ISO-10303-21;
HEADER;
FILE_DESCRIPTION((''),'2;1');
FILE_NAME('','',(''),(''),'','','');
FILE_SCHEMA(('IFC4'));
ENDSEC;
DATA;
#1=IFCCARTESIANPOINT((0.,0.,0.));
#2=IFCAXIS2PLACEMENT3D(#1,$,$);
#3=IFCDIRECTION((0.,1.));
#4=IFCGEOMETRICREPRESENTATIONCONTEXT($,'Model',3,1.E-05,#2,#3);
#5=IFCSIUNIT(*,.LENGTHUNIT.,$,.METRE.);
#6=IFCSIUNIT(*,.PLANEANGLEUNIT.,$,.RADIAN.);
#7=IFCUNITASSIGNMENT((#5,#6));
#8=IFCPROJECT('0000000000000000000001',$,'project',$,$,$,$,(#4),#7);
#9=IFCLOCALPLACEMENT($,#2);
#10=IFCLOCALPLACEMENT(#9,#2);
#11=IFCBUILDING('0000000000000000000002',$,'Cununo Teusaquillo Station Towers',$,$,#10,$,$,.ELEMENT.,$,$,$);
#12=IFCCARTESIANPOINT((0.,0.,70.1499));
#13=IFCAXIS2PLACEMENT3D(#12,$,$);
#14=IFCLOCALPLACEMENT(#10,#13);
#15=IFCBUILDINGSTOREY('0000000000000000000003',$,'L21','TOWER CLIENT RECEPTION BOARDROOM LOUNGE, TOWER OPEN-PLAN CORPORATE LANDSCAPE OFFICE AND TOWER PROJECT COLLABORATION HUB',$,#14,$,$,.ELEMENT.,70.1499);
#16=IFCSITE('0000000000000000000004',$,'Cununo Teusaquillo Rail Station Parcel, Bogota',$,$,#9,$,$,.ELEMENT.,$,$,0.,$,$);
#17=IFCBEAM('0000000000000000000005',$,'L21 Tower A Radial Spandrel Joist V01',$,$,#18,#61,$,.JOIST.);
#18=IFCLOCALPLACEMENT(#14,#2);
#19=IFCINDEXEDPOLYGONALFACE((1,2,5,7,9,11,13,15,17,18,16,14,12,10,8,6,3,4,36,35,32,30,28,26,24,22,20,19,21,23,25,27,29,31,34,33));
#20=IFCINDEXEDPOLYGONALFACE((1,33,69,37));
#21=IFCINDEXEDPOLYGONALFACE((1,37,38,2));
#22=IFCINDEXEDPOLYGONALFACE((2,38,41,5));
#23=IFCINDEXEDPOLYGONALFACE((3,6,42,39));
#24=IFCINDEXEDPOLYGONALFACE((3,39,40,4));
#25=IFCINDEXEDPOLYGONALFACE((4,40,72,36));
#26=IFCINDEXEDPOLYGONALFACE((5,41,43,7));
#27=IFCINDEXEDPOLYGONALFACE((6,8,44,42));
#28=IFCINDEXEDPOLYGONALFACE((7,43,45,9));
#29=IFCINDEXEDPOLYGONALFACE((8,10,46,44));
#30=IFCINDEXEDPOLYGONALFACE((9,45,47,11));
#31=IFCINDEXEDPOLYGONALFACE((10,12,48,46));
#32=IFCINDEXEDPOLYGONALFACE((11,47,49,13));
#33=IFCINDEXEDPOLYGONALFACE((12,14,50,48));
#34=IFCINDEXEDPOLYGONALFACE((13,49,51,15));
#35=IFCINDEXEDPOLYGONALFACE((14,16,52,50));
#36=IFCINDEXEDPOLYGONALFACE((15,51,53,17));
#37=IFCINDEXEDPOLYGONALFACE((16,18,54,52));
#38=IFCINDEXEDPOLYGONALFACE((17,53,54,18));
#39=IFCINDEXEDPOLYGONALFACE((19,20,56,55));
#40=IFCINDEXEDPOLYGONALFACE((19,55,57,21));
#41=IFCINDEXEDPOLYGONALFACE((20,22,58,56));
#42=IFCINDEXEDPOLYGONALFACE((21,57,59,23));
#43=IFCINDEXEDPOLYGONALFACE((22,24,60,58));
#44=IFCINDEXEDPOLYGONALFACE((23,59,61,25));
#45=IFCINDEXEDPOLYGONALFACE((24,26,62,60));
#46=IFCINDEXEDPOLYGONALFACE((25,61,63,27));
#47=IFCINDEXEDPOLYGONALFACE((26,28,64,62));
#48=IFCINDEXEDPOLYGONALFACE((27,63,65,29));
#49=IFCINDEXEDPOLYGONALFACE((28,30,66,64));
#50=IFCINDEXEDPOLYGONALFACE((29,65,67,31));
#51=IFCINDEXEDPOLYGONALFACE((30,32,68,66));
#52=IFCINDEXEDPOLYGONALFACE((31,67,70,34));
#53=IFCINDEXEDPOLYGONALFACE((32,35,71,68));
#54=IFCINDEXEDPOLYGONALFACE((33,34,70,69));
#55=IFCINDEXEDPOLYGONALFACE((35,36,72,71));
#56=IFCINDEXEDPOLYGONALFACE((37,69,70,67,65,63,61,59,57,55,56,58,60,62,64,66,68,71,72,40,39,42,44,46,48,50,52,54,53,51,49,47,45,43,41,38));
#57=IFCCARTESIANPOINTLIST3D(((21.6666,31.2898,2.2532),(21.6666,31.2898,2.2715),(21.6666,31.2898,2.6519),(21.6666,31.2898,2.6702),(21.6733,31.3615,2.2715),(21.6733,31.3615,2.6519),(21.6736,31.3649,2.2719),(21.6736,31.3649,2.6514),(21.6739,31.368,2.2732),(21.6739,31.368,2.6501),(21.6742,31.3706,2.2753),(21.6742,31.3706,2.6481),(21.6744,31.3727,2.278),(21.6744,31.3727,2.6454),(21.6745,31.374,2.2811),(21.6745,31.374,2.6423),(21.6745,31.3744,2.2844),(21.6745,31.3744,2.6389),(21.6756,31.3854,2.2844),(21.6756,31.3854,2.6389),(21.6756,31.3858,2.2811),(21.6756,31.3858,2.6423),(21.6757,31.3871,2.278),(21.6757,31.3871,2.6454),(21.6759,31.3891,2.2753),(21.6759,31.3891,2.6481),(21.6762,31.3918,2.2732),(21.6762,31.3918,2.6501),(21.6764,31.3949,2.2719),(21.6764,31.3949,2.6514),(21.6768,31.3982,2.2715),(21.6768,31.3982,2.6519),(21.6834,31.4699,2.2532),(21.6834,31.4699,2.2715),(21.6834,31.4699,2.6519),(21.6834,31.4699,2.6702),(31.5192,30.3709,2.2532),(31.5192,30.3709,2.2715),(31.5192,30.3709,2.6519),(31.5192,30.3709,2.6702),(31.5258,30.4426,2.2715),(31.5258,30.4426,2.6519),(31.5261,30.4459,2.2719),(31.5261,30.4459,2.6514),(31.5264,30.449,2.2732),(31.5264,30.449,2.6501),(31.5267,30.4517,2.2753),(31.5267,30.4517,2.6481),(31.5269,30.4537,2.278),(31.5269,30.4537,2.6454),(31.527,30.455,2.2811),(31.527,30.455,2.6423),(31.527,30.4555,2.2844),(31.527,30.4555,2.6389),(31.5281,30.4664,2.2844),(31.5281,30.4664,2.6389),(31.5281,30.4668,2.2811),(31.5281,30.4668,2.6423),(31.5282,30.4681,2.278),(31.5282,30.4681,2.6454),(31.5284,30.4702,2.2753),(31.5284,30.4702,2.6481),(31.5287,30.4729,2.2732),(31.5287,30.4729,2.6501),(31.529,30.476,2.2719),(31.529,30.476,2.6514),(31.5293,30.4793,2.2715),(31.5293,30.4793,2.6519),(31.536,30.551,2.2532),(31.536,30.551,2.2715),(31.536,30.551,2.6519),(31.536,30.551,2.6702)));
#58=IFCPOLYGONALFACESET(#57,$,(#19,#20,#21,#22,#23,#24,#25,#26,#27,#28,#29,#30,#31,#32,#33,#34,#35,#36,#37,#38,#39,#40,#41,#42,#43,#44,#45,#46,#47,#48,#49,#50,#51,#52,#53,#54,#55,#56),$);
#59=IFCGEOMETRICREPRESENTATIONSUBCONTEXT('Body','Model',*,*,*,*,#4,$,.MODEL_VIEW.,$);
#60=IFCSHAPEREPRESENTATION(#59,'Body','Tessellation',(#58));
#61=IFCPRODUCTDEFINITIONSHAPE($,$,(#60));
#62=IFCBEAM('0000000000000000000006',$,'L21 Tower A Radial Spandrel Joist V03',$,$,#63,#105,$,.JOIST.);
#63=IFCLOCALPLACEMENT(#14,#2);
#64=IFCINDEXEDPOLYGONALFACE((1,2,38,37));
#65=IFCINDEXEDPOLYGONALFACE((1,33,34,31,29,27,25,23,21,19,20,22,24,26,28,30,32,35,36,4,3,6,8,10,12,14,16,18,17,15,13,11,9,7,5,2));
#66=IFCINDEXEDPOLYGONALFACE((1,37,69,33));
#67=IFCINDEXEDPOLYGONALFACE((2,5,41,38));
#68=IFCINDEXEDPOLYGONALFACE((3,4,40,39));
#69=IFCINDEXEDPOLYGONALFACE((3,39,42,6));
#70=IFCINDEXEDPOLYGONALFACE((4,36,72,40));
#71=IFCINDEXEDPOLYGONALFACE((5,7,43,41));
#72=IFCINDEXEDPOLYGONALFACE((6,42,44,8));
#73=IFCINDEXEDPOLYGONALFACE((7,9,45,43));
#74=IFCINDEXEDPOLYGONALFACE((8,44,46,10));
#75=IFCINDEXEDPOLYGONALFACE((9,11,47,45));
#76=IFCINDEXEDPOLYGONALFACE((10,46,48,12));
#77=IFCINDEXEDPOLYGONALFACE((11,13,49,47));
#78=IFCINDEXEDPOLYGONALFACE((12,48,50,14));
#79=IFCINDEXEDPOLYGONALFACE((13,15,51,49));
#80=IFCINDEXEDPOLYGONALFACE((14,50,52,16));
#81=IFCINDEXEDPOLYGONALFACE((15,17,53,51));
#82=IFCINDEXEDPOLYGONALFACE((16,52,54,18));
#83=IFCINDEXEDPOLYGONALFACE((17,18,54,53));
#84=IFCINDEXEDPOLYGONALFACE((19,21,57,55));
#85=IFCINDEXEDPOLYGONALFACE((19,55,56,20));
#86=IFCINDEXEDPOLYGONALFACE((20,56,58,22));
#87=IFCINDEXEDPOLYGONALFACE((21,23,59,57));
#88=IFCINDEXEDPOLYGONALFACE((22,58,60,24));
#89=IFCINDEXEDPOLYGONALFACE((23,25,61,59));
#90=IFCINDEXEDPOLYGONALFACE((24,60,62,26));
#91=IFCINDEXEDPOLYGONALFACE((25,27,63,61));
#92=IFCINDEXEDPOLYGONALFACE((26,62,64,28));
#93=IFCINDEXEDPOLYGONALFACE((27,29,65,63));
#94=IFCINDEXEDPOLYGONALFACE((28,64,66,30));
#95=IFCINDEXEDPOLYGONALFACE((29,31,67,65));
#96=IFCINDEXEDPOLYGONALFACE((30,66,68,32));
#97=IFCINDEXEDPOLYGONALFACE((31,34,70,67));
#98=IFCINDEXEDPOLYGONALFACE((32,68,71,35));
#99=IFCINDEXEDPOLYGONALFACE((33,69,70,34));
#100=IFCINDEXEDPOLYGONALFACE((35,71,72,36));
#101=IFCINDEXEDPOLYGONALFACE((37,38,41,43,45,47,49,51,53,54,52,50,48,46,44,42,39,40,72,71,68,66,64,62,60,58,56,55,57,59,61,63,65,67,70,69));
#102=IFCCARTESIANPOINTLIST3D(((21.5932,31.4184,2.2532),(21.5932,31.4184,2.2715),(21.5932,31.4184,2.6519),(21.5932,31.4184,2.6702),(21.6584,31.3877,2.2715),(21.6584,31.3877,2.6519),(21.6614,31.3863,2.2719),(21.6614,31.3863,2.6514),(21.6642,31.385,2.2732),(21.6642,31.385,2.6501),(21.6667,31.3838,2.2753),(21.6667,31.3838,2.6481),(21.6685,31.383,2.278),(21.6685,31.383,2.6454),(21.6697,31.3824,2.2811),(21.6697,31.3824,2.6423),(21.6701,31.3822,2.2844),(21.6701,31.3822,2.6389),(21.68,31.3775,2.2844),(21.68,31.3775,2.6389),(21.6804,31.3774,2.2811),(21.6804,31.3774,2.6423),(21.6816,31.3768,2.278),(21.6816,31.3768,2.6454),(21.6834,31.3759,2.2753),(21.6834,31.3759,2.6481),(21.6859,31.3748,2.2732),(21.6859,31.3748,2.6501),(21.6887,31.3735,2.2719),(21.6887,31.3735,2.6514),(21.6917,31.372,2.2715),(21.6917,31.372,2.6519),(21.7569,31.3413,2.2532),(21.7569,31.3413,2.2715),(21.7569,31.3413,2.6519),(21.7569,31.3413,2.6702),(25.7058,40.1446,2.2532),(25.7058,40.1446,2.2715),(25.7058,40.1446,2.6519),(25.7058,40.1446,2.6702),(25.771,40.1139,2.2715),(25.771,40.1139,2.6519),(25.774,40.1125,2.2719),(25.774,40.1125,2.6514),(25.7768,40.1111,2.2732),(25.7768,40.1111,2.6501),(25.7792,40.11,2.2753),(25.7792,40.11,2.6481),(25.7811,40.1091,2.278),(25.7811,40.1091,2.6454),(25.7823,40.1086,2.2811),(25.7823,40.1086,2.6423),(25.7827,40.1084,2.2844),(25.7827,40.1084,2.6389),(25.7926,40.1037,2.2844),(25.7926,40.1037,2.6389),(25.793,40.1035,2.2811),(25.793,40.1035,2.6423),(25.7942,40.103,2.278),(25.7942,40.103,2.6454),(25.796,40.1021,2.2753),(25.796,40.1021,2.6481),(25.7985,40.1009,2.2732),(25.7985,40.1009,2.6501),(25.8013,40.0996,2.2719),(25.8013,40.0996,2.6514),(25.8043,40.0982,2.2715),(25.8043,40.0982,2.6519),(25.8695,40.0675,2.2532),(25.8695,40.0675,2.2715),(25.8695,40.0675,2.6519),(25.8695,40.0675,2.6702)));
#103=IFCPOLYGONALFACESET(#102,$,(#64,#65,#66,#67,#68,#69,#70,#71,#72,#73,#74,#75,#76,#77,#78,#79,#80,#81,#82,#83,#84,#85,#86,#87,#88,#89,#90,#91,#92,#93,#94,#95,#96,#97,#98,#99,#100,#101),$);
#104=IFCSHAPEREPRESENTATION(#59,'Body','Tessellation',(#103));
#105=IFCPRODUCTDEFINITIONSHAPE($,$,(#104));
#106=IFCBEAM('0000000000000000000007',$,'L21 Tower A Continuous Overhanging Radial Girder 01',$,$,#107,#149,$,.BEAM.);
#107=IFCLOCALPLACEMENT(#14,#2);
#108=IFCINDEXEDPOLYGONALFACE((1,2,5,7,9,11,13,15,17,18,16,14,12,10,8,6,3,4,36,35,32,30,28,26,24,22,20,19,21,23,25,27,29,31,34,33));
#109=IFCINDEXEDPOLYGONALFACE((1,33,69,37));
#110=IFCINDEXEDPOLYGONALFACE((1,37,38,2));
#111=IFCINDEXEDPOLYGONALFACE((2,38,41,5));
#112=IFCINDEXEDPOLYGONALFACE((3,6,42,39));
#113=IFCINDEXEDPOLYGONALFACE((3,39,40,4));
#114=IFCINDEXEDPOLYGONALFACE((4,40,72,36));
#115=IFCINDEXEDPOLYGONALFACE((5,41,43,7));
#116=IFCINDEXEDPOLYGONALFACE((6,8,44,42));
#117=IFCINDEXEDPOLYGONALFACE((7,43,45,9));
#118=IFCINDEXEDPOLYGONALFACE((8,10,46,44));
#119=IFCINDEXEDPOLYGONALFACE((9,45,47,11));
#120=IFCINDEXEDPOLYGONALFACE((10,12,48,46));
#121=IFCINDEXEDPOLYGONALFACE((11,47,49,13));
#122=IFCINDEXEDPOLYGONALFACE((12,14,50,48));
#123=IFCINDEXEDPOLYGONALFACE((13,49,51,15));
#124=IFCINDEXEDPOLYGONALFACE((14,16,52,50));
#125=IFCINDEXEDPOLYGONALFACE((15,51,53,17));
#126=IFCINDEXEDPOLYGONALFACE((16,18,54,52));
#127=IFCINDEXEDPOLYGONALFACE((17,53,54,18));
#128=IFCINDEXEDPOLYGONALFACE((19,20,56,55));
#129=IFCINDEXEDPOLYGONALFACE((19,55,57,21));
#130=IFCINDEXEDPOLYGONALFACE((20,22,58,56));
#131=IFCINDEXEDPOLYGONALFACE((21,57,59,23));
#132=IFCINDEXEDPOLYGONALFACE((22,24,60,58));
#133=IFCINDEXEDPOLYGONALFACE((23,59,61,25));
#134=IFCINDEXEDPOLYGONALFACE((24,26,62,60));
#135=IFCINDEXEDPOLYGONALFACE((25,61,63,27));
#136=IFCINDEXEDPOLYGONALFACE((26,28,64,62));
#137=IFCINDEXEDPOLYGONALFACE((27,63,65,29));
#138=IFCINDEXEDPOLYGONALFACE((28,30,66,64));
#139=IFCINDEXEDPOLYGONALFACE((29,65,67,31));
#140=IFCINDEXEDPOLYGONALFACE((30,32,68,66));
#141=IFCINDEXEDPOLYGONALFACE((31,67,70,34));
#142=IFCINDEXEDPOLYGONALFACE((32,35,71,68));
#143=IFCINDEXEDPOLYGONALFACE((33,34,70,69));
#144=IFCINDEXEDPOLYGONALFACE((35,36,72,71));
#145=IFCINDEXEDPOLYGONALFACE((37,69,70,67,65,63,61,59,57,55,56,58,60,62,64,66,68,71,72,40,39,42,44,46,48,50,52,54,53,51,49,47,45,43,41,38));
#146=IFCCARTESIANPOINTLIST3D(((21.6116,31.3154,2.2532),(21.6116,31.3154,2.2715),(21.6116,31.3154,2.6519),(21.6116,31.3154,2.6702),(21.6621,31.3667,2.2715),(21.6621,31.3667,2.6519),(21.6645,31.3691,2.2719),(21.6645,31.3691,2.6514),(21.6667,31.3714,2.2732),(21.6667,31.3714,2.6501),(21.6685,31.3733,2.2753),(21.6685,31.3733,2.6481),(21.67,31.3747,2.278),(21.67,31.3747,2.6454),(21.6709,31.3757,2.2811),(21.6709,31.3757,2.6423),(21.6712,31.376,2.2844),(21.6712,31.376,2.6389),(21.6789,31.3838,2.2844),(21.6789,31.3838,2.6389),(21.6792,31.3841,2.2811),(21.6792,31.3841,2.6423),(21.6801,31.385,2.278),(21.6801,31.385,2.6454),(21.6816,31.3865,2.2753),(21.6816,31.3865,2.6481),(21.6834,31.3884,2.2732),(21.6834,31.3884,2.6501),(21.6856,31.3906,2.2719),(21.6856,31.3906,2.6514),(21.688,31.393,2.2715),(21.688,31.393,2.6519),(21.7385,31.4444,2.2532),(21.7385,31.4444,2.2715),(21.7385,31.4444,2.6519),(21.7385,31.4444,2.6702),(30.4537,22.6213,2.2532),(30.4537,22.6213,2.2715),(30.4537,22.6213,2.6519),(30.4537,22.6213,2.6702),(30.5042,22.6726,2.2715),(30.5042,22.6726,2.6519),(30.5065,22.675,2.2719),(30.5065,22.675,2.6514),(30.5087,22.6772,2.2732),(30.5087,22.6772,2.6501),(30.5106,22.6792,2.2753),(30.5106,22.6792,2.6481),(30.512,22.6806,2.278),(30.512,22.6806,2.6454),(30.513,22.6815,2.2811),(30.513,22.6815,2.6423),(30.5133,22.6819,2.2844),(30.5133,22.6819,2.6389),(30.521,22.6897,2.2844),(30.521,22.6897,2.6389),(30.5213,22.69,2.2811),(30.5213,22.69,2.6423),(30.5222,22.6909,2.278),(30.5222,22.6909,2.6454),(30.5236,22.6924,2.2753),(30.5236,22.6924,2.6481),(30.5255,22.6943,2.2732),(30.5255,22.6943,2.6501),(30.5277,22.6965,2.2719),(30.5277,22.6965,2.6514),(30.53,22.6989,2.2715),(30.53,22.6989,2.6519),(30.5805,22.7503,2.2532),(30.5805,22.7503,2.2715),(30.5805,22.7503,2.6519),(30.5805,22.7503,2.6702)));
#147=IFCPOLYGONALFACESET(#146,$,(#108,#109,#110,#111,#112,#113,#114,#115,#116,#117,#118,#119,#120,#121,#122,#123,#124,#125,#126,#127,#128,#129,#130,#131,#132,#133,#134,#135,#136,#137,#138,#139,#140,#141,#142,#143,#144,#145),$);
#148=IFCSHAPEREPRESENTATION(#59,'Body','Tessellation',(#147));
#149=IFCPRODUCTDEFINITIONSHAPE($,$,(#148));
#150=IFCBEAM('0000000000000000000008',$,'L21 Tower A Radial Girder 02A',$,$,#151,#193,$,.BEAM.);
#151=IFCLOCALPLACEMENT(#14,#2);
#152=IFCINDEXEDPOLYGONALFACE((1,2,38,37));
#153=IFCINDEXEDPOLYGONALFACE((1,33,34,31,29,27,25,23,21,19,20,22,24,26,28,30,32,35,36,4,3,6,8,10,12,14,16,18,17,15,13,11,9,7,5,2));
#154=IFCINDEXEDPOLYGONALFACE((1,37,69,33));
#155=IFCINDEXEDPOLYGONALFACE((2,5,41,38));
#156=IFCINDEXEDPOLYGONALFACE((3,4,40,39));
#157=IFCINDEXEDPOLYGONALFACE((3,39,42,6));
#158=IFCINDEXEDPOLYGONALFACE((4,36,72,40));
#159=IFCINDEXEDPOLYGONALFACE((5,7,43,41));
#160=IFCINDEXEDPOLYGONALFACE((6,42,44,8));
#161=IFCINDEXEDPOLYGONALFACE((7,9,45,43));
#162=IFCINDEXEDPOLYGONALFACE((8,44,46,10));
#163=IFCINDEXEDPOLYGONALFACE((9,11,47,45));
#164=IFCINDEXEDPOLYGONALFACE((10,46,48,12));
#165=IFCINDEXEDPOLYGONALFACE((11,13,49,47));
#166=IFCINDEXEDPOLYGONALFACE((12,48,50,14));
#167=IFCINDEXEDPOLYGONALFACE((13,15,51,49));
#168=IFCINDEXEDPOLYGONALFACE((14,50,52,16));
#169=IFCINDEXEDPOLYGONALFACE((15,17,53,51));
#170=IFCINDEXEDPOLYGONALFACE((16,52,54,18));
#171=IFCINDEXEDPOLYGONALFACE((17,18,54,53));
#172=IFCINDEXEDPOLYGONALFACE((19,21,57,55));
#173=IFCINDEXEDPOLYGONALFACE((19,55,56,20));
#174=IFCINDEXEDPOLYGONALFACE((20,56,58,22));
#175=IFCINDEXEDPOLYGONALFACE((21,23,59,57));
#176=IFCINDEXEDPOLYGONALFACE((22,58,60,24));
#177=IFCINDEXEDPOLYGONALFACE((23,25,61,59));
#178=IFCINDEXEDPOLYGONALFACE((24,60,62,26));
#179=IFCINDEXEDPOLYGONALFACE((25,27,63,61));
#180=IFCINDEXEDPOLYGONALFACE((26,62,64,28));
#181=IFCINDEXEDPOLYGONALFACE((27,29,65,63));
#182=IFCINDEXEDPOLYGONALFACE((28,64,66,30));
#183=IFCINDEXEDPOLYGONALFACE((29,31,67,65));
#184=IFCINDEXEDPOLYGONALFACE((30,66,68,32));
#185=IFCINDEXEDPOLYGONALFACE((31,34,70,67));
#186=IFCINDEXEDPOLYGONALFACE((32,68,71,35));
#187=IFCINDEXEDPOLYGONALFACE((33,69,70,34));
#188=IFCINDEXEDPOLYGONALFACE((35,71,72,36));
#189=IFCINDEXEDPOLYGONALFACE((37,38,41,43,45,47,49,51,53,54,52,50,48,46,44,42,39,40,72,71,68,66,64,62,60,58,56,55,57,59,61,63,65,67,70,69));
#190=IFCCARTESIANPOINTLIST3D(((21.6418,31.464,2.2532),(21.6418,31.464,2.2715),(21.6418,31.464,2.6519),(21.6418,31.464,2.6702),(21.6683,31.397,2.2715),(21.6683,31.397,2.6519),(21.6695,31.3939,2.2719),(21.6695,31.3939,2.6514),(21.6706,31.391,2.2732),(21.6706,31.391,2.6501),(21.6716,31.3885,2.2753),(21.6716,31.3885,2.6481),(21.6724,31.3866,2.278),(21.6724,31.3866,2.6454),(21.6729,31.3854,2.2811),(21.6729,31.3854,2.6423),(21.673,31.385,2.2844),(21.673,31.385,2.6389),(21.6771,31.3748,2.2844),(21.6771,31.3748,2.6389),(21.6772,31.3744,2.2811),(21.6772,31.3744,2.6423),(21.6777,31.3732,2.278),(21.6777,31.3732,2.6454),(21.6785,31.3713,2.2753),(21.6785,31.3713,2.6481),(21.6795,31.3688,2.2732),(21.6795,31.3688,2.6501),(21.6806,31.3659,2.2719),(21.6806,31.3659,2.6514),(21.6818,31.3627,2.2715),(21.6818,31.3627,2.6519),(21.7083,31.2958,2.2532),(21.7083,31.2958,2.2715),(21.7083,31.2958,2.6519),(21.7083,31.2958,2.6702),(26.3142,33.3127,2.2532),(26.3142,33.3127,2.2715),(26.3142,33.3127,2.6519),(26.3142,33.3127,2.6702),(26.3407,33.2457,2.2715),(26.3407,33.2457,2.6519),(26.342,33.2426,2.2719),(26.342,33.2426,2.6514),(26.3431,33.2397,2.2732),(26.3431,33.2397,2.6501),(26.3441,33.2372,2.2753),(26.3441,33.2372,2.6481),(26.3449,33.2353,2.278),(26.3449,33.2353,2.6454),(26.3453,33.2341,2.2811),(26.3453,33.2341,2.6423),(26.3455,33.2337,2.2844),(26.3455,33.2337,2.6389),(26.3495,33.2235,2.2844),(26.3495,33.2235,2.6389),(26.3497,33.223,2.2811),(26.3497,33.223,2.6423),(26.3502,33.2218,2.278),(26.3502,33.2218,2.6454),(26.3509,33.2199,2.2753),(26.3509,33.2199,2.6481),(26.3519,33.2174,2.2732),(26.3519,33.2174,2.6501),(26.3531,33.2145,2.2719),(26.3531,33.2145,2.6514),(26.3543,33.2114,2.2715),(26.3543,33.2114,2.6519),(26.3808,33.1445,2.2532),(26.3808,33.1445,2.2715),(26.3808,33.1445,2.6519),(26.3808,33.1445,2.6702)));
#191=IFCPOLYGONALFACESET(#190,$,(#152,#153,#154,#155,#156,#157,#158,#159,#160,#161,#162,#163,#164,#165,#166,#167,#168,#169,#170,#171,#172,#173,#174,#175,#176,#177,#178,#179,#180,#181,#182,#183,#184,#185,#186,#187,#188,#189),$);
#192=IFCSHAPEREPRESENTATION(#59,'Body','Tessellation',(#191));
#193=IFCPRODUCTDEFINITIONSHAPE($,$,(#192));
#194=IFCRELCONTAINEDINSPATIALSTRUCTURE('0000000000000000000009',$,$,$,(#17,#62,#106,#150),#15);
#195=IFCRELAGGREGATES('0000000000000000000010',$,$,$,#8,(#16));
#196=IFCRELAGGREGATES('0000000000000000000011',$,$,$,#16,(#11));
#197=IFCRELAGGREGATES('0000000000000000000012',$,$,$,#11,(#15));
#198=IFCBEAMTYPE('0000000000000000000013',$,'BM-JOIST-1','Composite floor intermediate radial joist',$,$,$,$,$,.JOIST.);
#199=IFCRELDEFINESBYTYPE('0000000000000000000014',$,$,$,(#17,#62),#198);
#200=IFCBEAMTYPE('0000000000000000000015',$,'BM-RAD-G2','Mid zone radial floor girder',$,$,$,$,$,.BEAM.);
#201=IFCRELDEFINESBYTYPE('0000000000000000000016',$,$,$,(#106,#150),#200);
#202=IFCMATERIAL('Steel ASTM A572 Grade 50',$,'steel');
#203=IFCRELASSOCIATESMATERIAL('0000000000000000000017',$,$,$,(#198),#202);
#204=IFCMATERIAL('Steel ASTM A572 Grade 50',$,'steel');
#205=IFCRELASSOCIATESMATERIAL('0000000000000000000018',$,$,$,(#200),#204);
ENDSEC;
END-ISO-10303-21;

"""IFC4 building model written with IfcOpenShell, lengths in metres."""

from ifc_helpers import new_model, si_unit, direction, frame, origin, origin_2d, place, context, subcontext, project, spatial, i_section, extrude, material, material_profile, profile_set, type_object, element, save


model = new_model("IFC4")

# Units and contexts
model_context = context("Model", 3, precision=1e-05, world=origin(), true_north=direction((0.0, 1.0)))
body_context = subcontext(model_context, "Body", "Model", "MODEL_VIEW")
ifc_project = project(units=[si_unit("LENGTHUNIT", "METRE"), si_unit("PLANEANGLEUNIT", "RADIAN")], contexts=[model_context])

# Site, building, storey
site_placement = place(None, origin())
site = spatial("IfcSite", under=ifc_project, at=site_placement, Name="Cununo Teusaquillo Rail Station Parcel, Bogota", CompositionType="ELEMENT", RefElevation=0.0)
building_placement = place(site_placement, origin())
building = spatial("IfcBuilding", under=site, at=building_placement, Name="Cununo Teusaquillo Station Towers", CompositionType="ELEMENT")
storey_placement = place(building_placement, frame((0.0, 0.0, 70.1499)))
storey = spatial("IfcBuildingStorey", under=building, at=storey_placement, Name="L21", Description="TOWER CLIENT RECEPTION BOARDROOM LOUNGE, TOWER OPEN-PLAN CORPORATE LANDSCAPE OFFICE AND TOWER PROJECT COLLABORATION HUB", CompositionType="ELEMENT", Elevation=70.1499)

# Beams
ifc_material_1 = material(Name="Steel ASTM A572 Grade 50", Category="steel")
ifc_material_profile_1 = material_profile(ifc_material_1, i_section(OverallWidth=0.1809, OverallDepth=0.417, WebThickness=0.011, FlangeThickness=0.0183, FilletRadius=0.0129, at=origin_2d()), Name="W16X57")
ifc_profile_set_1 = profile_set([ifc_material_profile_1], Name="Steel ASTM A572 Grade 50")
beam_type_1 = type_object("IfcBeamType", Name="BM-JOIST-1", Description="Composite floor intermediate radial joist", PredefinedType="JOIST", material=ifc_profile_set_1)
beam_1_placement = place(storey_placement, frame((21.675, 31.3799, 2.4617), z_axis=(0.995679, -0.092867, 0.0), x_axis=(0.092867, 0.995679, 0.0)))
element("IfcBeam", 1, at=beam_1_placement, inside=storey, type_object=beam_type_1, Name="L21 Tower A Radial Spandrel Joist V01", PredefinedType="JOIST", context=body_context, shape_type="SweptSolid", body=[
    extrude(i_section(OverallWidth=0.1809, OverallDepth=0.417, WebThickness=0.011, FlangeThickness=0.0183, FilletRadius=0.0129, at=origin_2d()), origin(), (0.0, 0.0, 1.0), 9.8953),
])
beam_2_placement = place(storey_placement, frame((21.675, 31.3799, 2.4617), z_axis=(0.42632, 0.904572, 0.0), x_axis=(-0.904572, 0.42632, 0.0)))
element("IfcBeam", 2, at=beam_2_placement, inside=storey, type_object=beam_type_1, Name="L21 Tower A Radial Spandrel Joist V03", PredefinedType="JOIST", context=body_context, shape_type="SweptSolid", body=[
    extrude(i_section(OverallWidth=0.1809, OverallDepth=0.417, WebThickness=0.011, FlangeThickness=0.0183, FilletRadius=0.0129, at=origin_2d()), origin(), (0.0, 0.0, 1.0), 9.6467),
])
ifc_material_2 = material(Name="Steel ASTM A572 Grade 50", Category="steel")
ifc_material_profile_2 = material_profile(ifc_material_2, i_section(OverallWidth=0.1809, OverallDepth=0.417, WebThickness=0.011, FlangeThickness=0.0183, FilletRadius=0.0129, at=origin_2d()), Name="W16X57")
ifc_profile_set_2 = profile_set([ifc_material_profile_2], Name="Steel ASTM A572 Grade 50")
beam_type_2 = type_object("IfcBeamType", Name="BM-RAD-G2", Description="Mid zone radial floor girder", PredefinedType="BEAM", material=ifc_profile_set_2)
beam_3_placement = place(storey_placement, frame((21.675, 31.3799, 2.4617), z_axis=(0.713047, -0.701116, 0.0), x_axis=(0.701116, 0.713047, 0.0)))
element("IfcBeam", 3, at=beam_3_placement, inside=storey, type_object=beam_type_2, Name="L21 Tower A Continuous Overhanging Radial Girder 01", PredefinedType="BEAM", context=body_context, shape_type="SweptSolid", body=[
    extrude(i_section(OverallWidth=0.1809, OverallDepth=0.417, WebThickness=0.011, FlangeThickness=0.0183, FilletRadius=0.0129, at=origin_2d()), origin(), (0.0, 0.0, 1.0), 12.4004),
])
beam_4_placement = place(storey_placement, frame((21.675, 31.3799, 2.4617), z_axis=(0.929864, 0.367903, 0.0), x_axis=(-0.367903, 0.929864, 0.0)))
element("IfcBeam", 4, at=beam_4_placement, inside=storey, type_object=beam_type_2, Name="L21 Tower A Radial Girder 02A", PredefinedType="BEAM", context=body_context, shape_type="SweptSolid", body=[
    extrude(i_section(OverallWidth=0.1809, OverallDepth=0.417, WebThickness=0.011, FlangeThickness=0.0183, FilletRadius=0.0129, at=origin_2d()), origin(), (0.0, 0.0, 1.0), 5.0249),
])

save(model, "model.ifc")
